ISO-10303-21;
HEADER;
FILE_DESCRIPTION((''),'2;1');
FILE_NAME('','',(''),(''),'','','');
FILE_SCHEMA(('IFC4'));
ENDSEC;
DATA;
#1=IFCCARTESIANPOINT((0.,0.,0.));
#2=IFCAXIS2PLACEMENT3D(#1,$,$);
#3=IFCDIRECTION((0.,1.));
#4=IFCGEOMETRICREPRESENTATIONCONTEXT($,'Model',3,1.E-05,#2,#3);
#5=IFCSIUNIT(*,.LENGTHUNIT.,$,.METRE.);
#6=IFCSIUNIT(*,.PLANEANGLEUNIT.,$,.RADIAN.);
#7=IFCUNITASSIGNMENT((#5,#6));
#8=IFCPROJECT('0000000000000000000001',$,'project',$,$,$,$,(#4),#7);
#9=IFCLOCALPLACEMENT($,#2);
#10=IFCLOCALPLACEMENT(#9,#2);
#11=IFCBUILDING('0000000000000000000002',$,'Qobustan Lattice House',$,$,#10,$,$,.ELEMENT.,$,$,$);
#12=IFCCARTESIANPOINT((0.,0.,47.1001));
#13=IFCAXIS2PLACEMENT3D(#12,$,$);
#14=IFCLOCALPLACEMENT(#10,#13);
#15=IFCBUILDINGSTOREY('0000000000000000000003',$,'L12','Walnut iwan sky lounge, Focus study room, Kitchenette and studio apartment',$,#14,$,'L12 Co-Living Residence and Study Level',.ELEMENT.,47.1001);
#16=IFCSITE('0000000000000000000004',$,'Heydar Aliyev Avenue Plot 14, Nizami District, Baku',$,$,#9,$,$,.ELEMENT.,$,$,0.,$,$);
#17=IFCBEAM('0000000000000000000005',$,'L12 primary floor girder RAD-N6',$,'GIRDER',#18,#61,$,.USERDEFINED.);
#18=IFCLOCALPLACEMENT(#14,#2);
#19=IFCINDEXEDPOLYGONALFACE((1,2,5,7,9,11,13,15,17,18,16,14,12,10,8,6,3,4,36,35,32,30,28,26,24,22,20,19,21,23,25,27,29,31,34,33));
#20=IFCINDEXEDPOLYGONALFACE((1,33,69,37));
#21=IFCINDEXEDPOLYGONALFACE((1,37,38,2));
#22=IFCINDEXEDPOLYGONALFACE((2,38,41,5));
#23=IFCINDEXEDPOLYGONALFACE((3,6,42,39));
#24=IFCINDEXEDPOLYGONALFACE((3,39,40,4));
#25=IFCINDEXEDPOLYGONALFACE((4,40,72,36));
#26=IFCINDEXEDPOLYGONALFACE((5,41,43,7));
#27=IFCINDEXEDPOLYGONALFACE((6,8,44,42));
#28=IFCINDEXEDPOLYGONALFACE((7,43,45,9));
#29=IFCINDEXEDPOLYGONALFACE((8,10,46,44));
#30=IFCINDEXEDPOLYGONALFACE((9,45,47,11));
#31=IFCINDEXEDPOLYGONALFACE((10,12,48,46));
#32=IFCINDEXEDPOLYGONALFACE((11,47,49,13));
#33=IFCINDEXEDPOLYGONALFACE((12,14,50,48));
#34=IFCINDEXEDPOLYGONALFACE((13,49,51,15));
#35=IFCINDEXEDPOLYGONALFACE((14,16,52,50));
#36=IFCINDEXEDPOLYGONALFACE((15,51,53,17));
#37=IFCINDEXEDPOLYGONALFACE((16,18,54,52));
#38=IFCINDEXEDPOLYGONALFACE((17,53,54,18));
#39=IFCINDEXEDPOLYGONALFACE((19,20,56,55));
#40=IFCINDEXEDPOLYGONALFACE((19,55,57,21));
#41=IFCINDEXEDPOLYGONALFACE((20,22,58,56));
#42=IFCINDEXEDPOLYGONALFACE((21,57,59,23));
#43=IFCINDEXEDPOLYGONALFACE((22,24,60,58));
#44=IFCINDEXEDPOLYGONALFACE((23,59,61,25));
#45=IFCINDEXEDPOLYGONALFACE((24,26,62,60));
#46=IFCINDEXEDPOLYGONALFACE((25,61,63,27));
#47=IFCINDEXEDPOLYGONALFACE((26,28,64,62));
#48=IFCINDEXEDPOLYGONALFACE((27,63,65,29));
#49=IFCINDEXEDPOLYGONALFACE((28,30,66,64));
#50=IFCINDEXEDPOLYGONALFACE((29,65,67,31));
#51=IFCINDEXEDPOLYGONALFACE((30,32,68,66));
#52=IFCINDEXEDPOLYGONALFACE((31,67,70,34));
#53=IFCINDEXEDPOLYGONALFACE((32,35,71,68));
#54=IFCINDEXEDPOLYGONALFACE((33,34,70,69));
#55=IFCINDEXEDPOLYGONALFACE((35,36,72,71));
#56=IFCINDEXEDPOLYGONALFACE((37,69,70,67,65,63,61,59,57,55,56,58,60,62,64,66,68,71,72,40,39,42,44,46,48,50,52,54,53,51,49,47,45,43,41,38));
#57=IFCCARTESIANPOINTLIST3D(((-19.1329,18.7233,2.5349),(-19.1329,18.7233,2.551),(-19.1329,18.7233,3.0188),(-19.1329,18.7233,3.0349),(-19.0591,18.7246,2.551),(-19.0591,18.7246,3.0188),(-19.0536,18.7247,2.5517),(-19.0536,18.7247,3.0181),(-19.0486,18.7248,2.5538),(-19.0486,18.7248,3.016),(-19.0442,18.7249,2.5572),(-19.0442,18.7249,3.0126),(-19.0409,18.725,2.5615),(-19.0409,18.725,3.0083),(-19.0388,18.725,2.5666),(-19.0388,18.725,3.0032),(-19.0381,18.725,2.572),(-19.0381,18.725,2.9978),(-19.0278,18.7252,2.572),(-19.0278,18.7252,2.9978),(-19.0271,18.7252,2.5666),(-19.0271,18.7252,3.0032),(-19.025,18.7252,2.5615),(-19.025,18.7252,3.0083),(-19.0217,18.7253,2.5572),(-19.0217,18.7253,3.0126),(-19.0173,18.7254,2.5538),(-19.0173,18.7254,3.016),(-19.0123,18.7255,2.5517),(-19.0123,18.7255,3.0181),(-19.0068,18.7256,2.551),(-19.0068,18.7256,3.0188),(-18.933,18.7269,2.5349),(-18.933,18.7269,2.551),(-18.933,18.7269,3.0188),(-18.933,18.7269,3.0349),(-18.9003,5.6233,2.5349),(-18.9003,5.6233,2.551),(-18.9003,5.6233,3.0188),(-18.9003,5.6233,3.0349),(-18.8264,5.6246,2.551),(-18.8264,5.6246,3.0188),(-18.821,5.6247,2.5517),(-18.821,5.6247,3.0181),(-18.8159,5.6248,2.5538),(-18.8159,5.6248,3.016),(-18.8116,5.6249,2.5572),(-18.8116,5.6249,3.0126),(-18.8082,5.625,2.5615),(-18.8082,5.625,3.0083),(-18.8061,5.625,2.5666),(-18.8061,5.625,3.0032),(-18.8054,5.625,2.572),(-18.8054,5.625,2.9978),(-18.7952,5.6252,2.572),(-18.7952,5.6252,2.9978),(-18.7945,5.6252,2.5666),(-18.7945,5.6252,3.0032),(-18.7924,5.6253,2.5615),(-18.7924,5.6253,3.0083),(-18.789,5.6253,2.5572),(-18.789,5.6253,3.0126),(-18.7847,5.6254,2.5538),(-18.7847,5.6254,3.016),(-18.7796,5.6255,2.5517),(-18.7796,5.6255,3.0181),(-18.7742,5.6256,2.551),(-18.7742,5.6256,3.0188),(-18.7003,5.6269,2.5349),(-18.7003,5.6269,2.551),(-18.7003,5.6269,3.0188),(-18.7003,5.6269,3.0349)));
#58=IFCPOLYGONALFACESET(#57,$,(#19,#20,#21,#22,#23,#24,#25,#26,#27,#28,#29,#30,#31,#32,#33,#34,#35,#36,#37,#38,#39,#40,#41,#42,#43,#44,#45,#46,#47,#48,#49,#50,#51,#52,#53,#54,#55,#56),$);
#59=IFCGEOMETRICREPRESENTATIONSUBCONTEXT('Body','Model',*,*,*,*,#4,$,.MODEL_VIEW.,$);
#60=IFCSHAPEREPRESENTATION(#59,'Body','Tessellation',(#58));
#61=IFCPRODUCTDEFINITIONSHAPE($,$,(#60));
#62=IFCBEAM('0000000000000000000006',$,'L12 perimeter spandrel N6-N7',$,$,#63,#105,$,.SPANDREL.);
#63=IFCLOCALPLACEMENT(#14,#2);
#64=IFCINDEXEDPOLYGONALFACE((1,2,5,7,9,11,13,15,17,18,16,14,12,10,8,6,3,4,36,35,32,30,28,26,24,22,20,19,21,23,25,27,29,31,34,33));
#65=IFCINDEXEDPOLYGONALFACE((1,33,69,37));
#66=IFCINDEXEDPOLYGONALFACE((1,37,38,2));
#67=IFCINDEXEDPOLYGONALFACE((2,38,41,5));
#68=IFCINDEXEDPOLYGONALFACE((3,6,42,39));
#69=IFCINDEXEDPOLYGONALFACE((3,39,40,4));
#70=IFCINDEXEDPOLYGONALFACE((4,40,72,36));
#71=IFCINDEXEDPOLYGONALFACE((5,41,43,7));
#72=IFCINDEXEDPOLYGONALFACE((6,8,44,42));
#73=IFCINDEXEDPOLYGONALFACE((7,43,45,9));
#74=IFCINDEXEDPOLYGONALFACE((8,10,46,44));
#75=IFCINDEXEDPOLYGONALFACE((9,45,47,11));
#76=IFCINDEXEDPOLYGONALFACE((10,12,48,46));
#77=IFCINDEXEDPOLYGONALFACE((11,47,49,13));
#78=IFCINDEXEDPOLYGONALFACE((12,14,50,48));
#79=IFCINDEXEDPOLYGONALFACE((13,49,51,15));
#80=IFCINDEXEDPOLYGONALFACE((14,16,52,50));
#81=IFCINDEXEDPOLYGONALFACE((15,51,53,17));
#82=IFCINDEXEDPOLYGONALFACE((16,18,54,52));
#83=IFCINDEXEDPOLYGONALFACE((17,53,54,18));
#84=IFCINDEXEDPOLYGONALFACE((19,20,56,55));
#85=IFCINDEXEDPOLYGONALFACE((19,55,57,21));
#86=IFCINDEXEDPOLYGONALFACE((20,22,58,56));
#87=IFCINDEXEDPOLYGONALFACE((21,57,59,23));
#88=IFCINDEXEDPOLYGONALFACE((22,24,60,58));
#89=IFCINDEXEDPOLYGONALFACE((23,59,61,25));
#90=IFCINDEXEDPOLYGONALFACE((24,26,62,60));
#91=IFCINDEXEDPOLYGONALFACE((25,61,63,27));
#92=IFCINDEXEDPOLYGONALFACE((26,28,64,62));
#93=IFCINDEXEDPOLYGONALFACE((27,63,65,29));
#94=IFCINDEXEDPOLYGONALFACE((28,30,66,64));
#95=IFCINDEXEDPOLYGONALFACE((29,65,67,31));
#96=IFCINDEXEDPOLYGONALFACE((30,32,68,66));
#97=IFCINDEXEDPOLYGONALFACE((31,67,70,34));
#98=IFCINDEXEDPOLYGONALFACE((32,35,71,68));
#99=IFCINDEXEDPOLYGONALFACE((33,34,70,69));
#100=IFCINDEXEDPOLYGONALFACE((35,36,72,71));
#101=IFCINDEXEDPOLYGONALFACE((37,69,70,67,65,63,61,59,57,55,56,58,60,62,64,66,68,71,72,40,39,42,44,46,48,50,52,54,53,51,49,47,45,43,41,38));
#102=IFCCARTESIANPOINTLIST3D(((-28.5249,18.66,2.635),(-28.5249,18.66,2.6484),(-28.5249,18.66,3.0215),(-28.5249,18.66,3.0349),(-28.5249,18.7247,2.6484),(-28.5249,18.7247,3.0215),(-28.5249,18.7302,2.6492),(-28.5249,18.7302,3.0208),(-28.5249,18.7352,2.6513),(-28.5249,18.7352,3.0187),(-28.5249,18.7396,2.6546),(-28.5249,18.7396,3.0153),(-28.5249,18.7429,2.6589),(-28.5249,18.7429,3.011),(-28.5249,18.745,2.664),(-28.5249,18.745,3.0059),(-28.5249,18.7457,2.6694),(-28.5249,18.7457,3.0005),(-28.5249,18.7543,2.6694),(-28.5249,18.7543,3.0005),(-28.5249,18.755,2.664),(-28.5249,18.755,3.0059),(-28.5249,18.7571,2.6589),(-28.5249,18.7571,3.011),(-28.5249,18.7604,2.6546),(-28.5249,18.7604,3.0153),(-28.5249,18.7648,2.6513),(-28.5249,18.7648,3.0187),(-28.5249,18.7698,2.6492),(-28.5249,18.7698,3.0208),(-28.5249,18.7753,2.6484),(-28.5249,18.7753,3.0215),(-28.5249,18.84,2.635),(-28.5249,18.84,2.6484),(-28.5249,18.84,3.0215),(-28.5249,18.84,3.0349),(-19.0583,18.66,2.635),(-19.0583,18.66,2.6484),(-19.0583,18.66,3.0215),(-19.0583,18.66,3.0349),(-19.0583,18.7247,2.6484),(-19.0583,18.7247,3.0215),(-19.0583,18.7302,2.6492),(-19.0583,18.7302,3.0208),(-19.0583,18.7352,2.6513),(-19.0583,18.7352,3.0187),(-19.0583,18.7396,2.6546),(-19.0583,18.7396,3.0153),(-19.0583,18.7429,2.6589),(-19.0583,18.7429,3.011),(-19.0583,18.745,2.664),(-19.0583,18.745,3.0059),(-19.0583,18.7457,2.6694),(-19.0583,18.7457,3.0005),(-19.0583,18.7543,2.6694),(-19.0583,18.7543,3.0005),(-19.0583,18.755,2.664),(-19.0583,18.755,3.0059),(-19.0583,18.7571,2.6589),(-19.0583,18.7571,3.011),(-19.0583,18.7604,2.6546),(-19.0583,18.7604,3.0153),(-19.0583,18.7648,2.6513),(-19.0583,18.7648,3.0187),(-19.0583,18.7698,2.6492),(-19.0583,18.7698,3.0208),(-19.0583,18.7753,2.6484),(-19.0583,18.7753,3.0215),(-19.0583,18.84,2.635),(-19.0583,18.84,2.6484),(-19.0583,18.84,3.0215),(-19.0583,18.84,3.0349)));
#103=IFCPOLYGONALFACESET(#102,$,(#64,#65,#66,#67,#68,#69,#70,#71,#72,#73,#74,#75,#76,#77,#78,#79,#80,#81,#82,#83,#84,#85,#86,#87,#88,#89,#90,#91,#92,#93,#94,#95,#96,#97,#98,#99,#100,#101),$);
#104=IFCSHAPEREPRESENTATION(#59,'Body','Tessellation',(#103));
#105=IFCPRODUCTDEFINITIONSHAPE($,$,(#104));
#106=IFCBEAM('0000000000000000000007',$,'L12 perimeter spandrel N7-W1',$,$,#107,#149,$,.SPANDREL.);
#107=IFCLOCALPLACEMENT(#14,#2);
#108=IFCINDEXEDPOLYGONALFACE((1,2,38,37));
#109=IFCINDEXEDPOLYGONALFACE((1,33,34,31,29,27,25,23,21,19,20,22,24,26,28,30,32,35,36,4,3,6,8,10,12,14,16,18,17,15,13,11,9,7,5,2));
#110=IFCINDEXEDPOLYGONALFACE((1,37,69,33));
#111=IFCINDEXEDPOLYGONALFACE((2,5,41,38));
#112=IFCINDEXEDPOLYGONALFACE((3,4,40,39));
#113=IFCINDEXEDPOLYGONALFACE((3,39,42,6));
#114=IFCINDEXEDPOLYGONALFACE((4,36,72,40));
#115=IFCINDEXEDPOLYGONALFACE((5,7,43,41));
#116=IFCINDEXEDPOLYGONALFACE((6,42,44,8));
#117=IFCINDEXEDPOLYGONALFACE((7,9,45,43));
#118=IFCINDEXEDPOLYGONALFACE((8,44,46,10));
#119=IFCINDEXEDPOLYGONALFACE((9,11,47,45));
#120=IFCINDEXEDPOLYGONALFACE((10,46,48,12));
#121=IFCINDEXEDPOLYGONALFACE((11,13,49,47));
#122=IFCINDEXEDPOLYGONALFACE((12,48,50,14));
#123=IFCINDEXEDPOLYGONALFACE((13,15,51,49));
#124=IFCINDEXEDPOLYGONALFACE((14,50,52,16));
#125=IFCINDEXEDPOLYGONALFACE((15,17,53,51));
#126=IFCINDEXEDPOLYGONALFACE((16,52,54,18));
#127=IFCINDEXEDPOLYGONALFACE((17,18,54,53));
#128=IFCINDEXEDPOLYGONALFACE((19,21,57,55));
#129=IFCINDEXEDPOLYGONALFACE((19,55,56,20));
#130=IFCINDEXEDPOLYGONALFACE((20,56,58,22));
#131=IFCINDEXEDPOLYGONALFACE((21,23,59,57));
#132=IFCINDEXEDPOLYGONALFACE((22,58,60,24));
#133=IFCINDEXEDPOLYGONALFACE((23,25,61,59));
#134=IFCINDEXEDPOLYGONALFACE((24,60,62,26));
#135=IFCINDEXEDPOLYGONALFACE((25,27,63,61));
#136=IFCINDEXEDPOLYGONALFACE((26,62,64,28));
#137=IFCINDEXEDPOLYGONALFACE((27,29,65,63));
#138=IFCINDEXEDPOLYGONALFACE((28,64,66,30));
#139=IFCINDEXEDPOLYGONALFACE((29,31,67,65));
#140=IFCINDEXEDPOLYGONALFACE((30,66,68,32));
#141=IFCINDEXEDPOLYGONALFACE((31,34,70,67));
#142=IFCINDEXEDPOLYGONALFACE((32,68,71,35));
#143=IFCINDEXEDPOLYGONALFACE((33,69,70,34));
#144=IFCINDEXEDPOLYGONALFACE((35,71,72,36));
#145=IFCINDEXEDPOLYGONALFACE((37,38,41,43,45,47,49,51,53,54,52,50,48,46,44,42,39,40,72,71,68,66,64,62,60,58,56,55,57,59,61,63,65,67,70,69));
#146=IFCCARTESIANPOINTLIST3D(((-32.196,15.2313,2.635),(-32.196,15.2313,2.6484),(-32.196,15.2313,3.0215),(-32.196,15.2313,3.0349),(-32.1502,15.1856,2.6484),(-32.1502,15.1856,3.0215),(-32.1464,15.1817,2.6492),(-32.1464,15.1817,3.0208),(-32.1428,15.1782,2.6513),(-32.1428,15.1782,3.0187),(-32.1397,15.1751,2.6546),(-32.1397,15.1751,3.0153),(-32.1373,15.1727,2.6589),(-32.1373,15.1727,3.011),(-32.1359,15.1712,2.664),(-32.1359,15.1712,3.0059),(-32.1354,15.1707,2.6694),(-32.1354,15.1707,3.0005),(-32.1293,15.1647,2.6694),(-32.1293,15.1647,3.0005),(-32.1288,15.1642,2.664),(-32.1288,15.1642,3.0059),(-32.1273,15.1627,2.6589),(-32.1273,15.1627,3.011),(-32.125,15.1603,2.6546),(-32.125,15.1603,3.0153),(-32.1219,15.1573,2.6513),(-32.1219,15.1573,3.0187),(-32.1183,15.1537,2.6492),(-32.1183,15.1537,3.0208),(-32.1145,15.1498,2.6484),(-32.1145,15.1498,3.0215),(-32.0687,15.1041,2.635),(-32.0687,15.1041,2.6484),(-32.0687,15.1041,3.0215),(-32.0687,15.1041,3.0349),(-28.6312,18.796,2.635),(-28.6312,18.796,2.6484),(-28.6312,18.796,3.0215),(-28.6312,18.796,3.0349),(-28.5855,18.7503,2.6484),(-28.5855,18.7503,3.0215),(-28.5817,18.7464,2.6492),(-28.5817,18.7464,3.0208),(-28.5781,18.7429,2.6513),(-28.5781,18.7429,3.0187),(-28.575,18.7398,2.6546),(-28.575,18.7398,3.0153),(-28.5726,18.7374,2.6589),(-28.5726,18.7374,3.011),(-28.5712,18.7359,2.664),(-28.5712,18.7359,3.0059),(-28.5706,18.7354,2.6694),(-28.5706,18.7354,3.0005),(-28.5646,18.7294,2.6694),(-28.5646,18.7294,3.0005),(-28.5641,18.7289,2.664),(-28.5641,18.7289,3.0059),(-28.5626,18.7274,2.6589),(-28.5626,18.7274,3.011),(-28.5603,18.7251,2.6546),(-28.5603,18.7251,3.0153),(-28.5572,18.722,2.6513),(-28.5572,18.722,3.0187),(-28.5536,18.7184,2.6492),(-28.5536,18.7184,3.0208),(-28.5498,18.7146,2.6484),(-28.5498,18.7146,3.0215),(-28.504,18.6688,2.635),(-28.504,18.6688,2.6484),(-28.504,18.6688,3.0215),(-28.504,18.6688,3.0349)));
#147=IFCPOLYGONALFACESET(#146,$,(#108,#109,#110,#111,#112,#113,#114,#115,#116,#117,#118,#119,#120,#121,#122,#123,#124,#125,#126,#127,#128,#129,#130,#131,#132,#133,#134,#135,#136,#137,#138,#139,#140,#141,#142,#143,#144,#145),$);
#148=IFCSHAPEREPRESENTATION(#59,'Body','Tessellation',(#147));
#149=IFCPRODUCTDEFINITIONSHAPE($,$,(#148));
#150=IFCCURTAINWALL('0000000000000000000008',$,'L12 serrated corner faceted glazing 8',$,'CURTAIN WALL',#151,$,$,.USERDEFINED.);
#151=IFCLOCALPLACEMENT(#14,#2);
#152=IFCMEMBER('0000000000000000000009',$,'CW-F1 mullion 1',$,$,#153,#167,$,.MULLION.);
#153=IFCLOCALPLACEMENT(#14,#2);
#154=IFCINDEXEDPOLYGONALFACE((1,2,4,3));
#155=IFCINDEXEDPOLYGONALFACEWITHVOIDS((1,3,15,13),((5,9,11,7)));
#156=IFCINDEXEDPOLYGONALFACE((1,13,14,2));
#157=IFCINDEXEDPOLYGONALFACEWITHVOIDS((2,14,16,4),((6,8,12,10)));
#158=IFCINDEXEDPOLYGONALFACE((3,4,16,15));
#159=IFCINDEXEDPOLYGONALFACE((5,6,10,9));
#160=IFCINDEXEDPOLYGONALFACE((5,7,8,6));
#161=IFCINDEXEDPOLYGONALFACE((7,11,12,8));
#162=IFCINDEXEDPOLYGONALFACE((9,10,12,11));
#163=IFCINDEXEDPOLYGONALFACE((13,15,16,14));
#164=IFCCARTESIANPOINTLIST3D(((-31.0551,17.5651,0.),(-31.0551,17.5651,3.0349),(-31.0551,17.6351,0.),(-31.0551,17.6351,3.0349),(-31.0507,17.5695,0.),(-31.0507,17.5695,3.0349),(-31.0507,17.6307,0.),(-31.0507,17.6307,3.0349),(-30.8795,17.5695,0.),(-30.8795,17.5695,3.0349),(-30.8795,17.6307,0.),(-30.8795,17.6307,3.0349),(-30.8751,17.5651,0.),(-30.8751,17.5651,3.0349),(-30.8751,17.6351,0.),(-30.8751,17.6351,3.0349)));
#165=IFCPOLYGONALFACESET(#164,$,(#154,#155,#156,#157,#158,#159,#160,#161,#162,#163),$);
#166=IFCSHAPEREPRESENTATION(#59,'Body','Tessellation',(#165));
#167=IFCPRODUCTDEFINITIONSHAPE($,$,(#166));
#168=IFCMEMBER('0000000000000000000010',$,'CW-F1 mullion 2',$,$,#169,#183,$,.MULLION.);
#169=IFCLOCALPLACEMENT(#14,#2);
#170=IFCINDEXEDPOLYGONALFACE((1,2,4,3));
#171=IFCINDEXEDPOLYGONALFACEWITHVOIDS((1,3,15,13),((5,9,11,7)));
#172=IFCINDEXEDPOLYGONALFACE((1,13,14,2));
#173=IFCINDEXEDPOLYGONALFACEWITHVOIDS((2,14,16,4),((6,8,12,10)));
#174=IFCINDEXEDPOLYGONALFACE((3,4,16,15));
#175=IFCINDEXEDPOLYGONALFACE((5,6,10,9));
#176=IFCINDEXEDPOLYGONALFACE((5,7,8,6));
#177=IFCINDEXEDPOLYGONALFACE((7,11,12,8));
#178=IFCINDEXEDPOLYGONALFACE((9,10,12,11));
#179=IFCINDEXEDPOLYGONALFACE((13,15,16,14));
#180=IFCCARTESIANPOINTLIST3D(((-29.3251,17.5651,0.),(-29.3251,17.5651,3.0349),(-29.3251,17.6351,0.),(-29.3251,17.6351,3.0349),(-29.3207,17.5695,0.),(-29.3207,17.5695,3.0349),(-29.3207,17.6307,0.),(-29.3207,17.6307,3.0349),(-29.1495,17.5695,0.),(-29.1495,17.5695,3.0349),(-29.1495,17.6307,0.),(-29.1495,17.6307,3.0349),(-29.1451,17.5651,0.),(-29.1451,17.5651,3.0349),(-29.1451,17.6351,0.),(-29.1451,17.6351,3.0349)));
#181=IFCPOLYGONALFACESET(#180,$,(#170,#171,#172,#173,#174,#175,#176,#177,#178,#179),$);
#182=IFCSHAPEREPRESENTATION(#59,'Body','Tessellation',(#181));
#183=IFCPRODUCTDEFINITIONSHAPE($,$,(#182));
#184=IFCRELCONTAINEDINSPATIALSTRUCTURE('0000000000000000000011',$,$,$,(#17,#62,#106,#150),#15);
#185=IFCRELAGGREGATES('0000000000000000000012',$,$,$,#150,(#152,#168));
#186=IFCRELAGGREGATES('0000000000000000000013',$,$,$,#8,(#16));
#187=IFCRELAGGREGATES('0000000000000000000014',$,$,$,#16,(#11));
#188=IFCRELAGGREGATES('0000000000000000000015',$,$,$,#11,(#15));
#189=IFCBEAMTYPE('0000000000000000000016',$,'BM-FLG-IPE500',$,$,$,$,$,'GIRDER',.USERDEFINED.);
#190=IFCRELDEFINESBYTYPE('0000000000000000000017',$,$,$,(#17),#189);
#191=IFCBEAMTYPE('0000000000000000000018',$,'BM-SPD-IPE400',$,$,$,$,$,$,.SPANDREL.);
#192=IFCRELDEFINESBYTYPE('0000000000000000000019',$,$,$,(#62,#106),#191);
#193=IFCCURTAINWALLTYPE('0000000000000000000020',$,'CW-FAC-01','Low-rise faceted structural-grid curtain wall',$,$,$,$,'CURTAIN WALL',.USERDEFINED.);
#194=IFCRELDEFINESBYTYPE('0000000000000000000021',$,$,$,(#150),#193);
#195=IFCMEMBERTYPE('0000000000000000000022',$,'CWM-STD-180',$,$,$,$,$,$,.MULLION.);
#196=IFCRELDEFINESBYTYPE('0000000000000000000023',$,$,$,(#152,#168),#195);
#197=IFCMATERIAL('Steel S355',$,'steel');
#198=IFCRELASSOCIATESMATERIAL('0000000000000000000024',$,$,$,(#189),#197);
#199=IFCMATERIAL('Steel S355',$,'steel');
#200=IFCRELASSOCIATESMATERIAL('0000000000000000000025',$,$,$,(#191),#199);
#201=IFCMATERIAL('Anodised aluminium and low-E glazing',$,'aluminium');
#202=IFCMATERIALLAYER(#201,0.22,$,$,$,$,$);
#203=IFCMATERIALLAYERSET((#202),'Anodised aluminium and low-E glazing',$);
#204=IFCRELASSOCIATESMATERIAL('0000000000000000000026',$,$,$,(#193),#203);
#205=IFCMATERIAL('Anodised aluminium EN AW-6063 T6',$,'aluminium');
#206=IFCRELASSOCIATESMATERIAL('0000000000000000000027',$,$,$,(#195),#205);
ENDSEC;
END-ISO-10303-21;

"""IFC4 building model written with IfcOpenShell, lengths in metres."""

from ifc_helpers import new_model, si_unit, direction, frame, origin, origin_2d, place, context, subcontext, project, spatial, hollow_rectangle, i_section, extrude, material, layer, layer_set, material_profile, profile_set, type_object, element, aggregate, save


model = new_model("IFC4")

# Units and contexts
model_context = context("Model", 3, precision=1e-05, world=origin(), true_north=direction((0.0, 1.0)))
body_context = subcontext(model_context, "Body", "Model", "MODEL_VIEW")
ifc_project = project(units=[si_unit("LENGTHUNIT", "METRE"), si_unit("PLANEANGLEUNIT", "RADIAN")], contexts=[model_context])

# Site, building, storey
site_placement = place(None, origin())
site = spatial("IfcSite", under=ifc_project, at=site_placement, Name="Heydar Aliyev Avenue Plot 14, Nizami District, Baku", CompositionType="ELEMENT", RefElevation=0.0)
building_placement = place(site_placement, origin())
building = spatial("IfcBuilding", under=site, at=building_placement, Name="Qobustan Lattice House", CompositionType="ELEMENT")
storey_placement = place(building_placement, frame((0.0, 0.0, 47.1001)))
storey = spatial("IfcBuildingStorey", under=building, at=storey_placement, Name="L12", Description="Walnut iwan sky lounge, Focus study room, Kitchenette and studio apartment", LongName="L12 Co-Living Residence and Study Level", CompositionType="ELEMENT", Elevation=47.1001)

# Beams
ifc_material_1 = material(Name="Steel S355", Category="steel")
ifc_material_profile_1 = material_profile(ifc_material_1, i_section(OverallWidth=0.2, OverallDepth=0.5, WebThickness=0.0103, FlangeThickness=0.0161, FilletRadius=0.021, at=origin_2d()), Name="IPE500")
ifc_profile_set_1 = profile_set([ifc_material_profile_1], Name="Steel S355")
beam_type_1 = type_object("IfcBeamType", Name="BM-FLG-IPE500", ElementType="GIRDER", PredefinedType="USERDEFINED", material=ifc_profile_set_1)
beam_1_placement = place(storey_placement, frame((-19.033, 18.7251, 2.7849), z_axis=(0.017758, -0.999842, 0.0), x_axis=(0.999842, 0.017758, 0.0)))
element("IfcBeam", 1, at=beam_1_placement, inside=storey, type_object=beam_type_1, Name="L12 primary floor girder RAD-N6", ObjectType="GIRDER", PredefinedType="USERDEFINED", context=body_context, shape_type="SweptSolid", body=[
    extrude(i_section(OverallWidth=0.2, OverallDepth=0.5, WebThickness=0.0103, FlangeThickness=0.0161, FilletRadius=0.021, at=origin_2d()), origin(), (0.0, 0.0, 1.0), 13.1021),
])
ifc_material_2 = material(Name="Steel S355", Category="steel")
ifc_material_profile_2 = material_profile(ifc_material_2, i_section(OverallWidth=0.1799, OverallDepth=0.3999, WebThickness=0.0085, FlangeThickness=0.0134, FilletRadius=0.021, at=origin_2d()), Name="IPE400")
ifc_profile_set_2 = profile_set([ifc_material_profile_2], Name="Steel S355")
beam_type_2 = type_object("IfcBeamType", Name="BM-SPD-IPE400", PredefinedType="SPANDREL", material=ifc_profile_set_2)
beam_2_placement = place(storey_placement, frame((-19.0583, 18.75, 2.835), z_axis=(-1.0, 0.0, 0.0), x_axis=(0.0, -1.0, 0.0)))
element("IfcBeam", 2, at=beam_2_placement, inside=storey, type_object=beam_type_2, Name="L12 perimeter spandrel N6-N7", PredefinedType="SPANDREL", context=body_context, shape_type="SweptSolid", body=[
    extrude(i_section(OverallWidth=0.1799, OverallDepth=0.3999, WebThickness=0.0085, FlangeThickness=0.0134, FilletRadius=0.021, at=origin_2d()), origin(), (0.0, 0.0, 1.0), 9.4666),
])
beam_3_placement = place(storey_placement, frame((-28.5676, 18.7324, 2.835), z_axis=(-0.707107, -0.707107, 0.0), x_axis=(0.707107, -0.707107, 0.0)))
element("IfcBeam", 3, at=beam_3_placement, inside=storey, type_object=beam_type_2, Name="L12 perimeter spandrel N7-W1", PredefinedType="SPANDREL", context=body_context, shape_type="SweptSolid", body=[
    extrude(i_section(OverallWidth=0.1799, OverallDepth=0.3999, WebThickness=0.0085, FlangeThickness=0.0134, FilletRadius=0.021, at=origin_2d()), origin(), (0.0, 0.0, 1.0), 5.0413),
])

# Curtain wall, members
ifc_material_3 = material(Name="Anodised aluminium and low-E glazing", Category="aluminium")
ifc_layer_1 = layer(ifc_material_3, 0.22)
ifc_layer_set_1 = layer_set([ifc_layer_1], Name="Anodised aluminium and low-E glazing")
curtain_wall_type = type_object("IfcCurtainWallType", Name="CW-FAC-01", Description="Low-rise faceted structural-grid curtain wall", ElementType="CURTAIN WALL", PredefinedType="USERDEFINED", material=ifc_layer_set_1)
curtain_wall_placement = place(storey_placement, origin())
curtain_wall = element("IfcCurtainWall", 4, at=curtain_wall_placement, inside=storey, type_object=curtain_wall_type, Name="L12 serrated corner faceted glazing 8", ObjectType="CURTAIN WALL", PredefinedType="USERDEFINED")
ifc_material_4 = material(Name="Anodised aluminium EN AW-6063 T6", Category="aluminium")
ifc_material_profile_3 = material_profile(ifc_material_4, hollow_rectangle(XDim=0.0701, YDim=0.1799, WallThickness=0.0044, at=origin_2d()), Name="CWM-180x70")
ifc_profile_set_3 = profile_set([ifc_material_profile_3], Name="Anodised aluminium EN AW-6063 T6")
member_type_1 = type_object("IfcMemberType", Name="CWM-STD-180", PredefinedType="MULLION", material=ifc_profile_set_3)
member_1_placement = place(storey_placement, frame((-30.9651, 17.6001, 0.0), z_axis=(0.0, 0.0, 1.0), x_axis=(0.0, 1.0, 0.0)))
member_1 = element("IfcMember", 5, at=member_1_placement, type_object=member_type_1, Name="CW-F1 mullion 1", PredefinedType="MULLION", context=body_context, shape_type="SweptSolid", body=[
    extrude(hollow_rectangle(XDim=0.0701, YDim=0.1799, WallThickness=0.0044, at=origin_2d()), origin(), (0.0, 0.0, 1.0), 3.0349),
])
member_2_placement = place(storey_placement, frame((-29.2351, 17.6001, 0.0), z_axis=(0.0, 0.0, 1.0), x_axis=(0.0, 1.0, 0.0)))
member_2 = element("IfcMember", 6, at=member_2_placement, type_object=member_type_1, Name="CW-F1 mullion 2", PredefinedType="MULLION", context=body_context, shape_type="SweptSolid", body=[
    extrude(hollow_rectangle(XDim=0.0701, YDim=0.1799, WallThickness=0.0044, at=origin_2d()), origin(), (0.0, 0.0, 1.0), 3.0349),
])
aggregate(curtain_wall, [member_1, member_2])

save(model, "model.ifc")
